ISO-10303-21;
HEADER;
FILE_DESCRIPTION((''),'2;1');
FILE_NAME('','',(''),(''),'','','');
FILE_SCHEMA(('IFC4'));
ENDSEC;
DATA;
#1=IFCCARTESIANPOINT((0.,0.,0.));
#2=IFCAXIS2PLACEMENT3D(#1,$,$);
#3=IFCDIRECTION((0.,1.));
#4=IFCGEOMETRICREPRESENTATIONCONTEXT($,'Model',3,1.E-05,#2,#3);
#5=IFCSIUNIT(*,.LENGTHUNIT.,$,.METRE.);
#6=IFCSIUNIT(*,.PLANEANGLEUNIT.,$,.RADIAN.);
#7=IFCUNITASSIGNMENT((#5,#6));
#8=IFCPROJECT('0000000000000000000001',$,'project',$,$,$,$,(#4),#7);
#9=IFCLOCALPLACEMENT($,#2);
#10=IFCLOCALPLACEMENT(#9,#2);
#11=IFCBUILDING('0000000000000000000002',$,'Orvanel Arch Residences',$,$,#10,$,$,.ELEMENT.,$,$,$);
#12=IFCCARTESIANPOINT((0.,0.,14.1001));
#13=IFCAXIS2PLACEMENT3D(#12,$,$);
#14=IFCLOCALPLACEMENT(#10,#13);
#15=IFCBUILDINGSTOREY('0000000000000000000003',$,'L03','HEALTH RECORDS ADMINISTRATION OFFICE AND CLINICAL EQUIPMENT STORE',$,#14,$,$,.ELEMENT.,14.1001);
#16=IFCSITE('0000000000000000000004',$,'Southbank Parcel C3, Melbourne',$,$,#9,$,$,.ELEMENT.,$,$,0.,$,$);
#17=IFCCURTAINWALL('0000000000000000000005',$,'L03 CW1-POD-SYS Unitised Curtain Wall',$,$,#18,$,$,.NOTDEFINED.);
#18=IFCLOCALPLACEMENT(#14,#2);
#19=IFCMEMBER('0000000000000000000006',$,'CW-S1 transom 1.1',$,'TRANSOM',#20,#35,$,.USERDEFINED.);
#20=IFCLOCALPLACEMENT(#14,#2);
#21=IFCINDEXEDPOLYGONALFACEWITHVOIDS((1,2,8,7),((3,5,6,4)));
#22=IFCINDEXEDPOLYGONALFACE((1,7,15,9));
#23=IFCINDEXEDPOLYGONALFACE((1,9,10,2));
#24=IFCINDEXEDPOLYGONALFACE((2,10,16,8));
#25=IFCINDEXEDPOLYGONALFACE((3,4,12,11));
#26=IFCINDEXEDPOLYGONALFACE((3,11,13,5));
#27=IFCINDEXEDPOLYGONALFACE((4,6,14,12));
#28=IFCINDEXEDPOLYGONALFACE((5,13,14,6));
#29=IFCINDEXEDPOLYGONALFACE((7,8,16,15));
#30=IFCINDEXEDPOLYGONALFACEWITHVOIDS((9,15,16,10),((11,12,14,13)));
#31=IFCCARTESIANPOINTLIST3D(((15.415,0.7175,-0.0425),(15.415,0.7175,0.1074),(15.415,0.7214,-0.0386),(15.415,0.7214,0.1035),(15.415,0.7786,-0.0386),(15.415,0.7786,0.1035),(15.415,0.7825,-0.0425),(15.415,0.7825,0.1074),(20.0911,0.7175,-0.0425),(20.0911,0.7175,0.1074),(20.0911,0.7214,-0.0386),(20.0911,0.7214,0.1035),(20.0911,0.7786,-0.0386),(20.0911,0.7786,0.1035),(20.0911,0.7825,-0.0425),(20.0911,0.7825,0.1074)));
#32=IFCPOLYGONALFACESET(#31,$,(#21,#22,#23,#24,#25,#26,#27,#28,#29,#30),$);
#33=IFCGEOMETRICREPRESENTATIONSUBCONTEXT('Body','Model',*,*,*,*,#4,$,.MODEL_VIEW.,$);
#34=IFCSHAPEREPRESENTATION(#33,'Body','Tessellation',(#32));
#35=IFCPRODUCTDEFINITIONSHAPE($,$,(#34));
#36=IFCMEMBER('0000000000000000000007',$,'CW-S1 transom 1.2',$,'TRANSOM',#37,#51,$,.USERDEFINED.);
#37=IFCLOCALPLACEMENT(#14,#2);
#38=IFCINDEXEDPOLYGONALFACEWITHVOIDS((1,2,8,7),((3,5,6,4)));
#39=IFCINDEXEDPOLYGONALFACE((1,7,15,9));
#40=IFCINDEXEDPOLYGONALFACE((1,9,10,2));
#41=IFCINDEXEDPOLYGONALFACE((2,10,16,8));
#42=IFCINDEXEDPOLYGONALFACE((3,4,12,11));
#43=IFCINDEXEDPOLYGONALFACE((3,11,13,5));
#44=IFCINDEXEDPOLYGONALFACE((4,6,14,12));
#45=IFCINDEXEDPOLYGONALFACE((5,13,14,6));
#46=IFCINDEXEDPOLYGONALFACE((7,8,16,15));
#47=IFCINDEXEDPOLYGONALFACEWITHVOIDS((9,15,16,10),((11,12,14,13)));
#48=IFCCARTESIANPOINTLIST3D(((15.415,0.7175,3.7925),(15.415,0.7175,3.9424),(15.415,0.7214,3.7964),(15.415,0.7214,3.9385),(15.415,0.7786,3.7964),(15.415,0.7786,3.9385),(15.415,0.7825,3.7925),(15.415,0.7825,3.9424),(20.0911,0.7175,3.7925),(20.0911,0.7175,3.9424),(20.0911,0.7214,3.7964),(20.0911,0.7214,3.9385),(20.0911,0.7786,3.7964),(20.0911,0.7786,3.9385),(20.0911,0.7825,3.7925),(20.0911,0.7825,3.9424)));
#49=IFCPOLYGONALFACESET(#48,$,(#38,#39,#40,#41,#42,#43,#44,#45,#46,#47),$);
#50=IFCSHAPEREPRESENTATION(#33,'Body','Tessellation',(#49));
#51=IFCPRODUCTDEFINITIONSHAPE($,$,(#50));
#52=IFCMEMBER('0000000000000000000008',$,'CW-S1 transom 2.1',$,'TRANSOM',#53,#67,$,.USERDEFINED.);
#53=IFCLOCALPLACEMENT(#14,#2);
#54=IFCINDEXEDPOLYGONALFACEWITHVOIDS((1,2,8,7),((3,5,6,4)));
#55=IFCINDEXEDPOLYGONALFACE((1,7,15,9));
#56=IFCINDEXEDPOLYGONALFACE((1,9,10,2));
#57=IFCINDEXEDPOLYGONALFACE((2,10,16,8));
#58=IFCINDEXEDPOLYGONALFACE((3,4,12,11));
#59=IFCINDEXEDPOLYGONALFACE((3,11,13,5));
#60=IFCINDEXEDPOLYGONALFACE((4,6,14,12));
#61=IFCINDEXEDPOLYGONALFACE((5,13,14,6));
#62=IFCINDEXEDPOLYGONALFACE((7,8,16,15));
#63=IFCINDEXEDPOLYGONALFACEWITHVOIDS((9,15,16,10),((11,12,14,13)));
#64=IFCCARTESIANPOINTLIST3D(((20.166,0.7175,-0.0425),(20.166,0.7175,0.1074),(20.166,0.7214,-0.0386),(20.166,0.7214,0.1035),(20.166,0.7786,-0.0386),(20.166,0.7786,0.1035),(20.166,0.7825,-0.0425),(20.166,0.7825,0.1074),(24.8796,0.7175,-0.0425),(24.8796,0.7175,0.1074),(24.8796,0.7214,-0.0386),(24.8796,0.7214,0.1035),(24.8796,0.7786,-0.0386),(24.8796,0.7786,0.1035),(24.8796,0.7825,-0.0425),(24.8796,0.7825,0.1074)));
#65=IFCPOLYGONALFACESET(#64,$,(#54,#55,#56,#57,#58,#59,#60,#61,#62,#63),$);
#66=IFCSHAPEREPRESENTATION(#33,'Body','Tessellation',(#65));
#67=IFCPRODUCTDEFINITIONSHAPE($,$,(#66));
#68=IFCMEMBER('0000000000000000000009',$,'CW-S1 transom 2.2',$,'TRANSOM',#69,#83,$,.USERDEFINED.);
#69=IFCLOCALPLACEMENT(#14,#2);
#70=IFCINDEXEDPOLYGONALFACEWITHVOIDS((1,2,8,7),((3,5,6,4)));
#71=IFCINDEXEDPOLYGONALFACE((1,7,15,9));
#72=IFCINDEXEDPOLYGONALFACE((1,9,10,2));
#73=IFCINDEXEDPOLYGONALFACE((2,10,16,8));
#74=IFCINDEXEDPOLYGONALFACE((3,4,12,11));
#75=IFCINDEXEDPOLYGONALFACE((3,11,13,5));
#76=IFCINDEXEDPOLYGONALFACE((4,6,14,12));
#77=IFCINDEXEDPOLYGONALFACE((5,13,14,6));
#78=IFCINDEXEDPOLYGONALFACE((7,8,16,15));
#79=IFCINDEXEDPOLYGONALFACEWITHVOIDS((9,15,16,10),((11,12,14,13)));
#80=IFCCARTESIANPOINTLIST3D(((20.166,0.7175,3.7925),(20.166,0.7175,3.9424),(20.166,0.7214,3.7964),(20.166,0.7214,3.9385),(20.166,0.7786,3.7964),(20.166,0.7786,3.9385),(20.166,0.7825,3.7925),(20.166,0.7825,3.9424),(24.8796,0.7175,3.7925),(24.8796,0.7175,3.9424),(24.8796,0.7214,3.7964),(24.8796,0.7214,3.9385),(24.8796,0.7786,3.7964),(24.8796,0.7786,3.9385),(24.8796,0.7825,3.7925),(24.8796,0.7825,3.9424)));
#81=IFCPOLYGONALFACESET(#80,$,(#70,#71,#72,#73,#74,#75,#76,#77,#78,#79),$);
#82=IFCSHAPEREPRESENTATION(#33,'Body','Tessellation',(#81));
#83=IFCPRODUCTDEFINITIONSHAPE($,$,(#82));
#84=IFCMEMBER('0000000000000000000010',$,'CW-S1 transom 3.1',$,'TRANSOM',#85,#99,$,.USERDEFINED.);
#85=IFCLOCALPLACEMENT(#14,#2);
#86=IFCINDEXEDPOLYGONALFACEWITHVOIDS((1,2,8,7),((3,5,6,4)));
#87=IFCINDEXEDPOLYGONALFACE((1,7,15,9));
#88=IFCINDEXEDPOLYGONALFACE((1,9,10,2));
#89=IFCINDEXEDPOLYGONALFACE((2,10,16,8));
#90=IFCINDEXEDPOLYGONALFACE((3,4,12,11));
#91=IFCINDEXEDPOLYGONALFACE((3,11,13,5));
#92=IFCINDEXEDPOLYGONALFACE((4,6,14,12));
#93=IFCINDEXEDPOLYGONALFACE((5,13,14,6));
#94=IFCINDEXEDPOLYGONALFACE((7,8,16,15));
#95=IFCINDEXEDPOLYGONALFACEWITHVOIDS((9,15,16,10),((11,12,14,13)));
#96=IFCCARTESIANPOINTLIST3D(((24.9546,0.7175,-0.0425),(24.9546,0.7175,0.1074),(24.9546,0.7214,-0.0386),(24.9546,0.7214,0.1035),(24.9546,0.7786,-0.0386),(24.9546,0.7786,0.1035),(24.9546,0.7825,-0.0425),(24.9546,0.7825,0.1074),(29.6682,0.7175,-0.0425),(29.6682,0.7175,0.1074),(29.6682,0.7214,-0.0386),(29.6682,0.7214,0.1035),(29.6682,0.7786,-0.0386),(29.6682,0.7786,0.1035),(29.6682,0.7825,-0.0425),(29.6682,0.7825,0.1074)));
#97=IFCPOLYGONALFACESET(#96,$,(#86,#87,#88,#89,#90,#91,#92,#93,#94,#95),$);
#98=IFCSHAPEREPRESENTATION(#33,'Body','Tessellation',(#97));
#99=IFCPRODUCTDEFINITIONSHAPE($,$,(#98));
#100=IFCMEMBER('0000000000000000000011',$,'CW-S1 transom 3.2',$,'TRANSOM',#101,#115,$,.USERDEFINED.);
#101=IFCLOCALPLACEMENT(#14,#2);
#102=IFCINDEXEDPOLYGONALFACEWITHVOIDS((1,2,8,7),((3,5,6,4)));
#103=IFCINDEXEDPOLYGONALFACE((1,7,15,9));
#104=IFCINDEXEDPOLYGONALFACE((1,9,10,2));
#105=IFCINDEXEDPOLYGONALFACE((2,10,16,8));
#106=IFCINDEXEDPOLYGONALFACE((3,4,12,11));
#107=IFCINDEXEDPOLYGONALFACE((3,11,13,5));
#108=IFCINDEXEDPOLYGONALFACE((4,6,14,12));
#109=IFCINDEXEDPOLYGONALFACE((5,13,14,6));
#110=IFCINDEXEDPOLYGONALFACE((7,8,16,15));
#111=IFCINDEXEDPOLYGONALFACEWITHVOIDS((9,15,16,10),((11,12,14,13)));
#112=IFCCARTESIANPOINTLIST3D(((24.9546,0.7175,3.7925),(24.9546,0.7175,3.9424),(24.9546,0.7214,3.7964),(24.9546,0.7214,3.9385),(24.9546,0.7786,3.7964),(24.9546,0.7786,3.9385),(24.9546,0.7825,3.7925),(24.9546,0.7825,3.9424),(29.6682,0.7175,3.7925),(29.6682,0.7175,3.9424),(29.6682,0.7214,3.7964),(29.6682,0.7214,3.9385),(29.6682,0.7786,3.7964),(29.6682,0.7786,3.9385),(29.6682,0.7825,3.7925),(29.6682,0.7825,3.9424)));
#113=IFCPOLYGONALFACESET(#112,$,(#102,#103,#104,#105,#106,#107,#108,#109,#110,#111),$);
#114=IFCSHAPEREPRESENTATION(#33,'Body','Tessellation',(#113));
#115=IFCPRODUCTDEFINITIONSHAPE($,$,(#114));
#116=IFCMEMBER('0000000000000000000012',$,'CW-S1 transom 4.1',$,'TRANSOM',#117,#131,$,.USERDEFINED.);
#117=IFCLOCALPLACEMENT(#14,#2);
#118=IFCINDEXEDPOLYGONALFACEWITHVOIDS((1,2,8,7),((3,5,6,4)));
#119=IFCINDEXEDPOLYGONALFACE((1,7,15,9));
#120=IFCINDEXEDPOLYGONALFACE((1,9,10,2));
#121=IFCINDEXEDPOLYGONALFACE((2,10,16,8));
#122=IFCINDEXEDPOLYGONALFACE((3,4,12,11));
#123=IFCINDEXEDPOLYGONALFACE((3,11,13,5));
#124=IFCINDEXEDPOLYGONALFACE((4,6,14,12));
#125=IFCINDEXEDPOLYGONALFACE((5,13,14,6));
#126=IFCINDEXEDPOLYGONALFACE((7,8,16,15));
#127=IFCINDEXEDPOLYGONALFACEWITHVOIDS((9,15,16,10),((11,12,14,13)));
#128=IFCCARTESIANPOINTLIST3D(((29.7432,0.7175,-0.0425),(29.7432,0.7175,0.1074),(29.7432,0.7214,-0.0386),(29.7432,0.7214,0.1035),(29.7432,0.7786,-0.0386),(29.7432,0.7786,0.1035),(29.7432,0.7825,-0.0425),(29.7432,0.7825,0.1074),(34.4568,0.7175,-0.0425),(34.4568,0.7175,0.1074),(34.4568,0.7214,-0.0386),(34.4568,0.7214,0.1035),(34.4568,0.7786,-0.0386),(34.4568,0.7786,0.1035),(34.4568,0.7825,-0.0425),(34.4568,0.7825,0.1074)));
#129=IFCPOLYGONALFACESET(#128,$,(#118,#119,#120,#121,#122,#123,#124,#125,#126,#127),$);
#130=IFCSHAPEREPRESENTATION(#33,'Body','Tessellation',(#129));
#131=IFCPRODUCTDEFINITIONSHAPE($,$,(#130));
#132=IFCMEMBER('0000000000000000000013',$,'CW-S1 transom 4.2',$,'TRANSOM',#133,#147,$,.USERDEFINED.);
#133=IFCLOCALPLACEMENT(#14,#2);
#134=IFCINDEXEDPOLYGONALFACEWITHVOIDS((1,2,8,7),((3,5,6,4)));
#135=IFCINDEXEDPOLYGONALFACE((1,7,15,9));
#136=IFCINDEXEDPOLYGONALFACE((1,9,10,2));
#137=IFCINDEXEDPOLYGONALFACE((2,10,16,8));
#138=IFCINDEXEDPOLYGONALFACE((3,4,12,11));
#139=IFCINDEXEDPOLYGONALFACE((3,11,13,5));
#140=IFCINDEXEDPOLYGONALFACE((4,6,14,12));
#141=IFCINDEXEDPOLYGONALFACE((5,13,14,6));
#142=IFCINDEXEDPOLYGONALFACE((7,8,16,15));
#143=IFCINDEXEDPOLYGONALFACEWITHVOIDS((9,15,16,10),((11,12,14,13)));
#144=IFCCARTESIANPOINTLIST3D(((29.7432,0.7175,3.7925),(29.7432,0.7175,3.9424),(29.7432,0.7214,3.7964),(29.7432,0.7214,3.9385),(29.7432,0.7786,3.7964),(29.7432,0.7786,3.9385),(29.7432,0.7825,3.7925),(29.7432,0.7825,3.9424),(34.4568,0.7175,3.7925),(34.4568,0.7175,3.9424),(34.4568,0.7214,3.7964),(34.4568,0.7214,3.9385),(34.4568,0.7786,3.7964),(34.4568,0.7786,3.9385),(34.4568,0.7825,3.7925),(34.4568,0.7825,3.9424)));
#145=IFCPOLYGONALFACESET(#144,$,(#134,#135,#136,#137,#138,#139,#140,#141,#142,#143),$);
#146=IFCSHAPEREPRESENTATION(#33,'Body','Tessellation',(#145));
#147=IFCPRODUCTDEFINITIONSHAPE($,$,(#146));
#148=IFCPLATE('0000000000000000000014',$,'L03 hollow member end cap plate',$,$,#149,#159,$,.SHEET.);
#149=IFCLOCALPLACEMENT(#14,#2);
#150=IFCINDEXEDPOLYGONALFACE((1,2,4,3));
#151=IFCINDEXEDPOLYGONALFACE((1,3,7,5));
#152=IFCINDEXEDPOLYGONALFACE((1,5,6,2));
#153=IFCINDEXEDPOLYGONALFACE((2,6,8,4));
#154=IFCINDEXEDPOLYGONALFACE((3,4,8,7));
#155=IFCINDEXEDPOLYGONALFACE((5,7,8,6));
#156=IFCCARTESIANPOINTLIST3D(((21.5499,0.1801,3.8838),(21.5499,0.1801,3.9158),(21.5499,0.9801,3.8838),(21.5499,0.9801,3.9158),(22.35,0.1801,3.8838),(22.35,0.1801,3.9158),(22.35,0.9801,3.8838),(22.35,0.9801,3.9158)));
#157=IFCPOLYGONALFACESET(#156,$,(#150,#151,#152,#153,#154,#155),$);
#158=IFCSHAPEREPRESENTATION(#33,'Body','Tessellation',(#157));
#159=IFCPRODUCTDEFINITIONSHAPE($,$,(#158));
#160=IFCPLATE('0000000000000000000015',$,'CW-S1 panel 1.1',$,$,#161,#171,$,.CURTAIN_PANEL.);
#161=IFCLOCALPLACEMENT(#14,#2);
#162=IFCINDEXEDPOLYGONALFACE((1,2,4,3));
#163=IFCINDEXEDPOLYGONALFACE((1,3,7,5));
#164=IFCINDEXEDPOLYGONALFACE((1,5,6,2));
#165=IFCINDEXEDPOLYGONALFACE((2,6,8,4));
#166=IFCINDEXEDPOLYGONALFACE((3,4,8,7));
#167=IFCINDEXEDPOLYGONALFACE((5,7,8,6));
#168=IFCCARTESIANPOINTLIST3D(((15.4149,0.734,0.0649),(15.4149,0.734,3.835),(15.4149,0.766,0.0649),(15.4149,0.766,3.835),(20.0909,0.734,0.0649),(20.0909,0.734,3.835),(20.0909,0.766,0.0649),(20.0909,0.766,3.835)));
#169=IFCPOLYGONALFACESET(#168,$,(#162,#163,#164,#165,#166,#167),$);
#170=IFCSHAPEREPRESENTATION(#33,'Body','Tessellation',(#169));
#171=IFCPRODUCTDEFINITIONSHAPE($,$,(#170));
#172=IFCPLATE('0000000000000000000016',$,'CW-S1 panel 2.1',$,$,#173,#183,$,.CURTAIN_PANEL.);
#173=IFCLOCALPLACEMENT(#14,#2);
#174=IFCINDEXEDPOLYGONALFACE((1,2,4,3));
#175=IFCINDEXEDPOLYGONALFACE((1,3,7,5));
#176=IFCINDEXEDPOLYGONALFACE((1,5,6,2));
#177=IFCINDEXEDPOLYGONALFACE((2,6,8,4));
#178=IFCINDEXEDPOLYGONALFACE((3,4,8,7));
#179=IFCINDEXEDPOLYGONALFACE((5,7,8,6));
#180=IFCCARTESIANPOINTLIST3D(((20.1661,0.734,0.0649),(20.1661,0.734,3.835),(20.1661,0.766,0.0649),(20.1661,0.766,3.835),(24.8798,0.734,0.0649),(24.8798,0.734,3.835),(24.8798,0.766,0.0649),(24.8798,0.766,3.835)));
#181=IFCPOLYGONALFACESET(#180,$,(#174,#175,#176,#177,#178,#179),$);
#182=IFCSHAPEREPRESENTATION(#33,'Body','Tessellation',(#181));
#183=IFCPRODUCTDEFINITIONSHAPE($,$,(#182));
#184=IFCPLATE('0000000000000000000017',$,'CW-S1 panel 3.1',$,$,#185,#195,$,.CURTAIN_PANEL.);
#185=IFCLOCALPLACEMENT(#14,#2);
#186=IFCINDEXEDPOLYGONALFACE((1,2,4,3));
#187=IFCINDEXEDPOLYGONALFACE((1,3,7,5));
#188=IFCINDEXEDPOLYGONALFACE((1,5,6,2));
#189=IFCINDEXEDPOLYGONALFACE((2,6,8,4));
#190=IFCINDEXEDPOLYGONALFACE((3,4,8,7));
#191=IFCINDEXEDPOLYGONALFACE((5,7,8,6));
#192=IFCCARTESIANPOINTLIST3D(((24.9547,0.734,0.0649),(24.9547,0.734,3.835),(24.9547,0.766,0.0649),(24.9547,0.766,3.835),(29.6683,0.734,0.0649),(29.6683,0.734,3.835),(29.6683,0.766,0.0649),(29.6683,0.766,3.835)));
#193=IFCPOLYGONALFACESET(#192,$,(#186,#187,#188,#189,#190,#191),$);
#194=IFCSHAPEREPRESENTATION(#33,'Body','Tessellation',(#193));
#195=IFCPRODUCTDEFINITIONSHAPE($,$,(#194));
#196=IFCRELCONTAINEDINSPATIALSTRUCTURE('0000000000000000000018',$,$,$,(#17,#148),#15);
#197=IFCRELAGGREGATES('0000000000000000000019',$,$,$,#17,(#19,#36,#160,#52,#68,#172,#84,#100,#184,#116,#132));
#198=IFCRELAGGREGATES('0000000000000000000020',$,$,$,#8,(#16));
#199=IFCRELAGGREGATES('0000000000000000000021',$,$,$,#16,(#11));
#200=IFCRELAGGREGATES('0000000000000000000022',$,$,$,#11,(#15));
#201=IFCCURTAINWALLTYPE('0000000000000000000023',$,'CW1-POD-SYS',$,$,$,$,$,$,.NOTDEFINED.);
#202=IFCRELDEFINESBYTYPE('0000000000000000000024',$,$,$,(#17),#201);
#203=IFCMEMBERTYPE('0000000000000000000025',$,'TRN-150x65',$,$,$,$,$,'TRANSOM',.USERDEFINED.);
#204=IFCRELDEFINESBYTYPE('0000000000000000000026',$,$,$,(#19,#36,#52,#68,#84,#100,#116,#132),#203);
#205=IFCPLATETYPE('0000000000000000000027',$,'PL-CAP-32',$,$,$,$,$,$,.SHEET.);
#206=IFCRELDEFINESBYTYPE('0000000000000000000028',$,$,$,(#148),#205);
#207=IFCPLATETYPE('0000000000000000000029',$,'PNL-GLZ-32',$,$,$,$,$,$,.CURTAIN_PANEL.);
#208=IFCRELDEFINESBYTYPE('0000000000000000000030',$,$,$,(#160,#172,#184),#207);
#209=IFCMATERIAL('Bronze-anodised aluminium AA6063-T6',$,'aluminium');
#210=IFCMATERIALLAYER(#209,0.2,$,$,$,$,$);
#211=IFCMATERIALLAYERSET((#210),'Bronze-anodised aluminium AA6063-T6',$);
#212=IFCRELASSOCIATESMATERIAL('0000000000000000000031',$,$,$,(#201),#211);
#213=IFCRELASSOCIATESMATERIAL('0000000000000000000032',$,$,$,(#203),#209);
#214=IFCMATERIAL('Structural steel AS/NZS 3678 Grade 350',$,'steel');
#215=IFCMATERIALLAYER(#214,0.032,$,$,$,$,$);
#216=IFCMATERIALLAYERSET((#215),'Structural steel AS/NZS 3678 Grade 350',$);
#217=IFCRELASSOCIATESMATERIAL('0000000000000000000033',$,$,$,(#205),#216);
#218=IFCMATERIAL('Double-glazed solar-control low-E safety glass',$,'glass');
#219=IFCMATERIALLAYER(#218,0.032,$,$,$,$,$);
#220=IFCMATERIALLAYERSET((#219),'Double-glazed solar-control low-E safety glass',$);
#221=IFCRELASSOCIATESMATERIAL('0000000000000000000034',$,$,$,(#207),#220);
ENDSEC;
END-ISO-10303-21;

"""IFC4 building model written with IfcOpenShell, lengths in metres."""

from ifc_helpers import new_model, si_unit, direction, frame, origin, origin_2d, place, context, subcontext, project, spatial, rectangle, hollow_rectangle, extrude, material, layer, layer_set, material_profile, profile_set, type_object, element, aggregate, save


model = new_model("IFC4")

# Units and contexts
model_context = context("Model", 3, precision=1e-05, world=origin(), true_north=direction((0.0, 1.0)))
body_context = subcontext(model_context, "Body", "Model", "MODEL_VIEW")
ifc_project = project(units=[si_unit("LENGTHUNIT", "METRE"), si_unit("PLANEANGLEUNIT", "RADIAN")], contexts=[model_context])

# Site, building, storey
site_placement = place(None, origin())
site = spatial("IfcSite", under=ifc_project, at=site_placement, Name="Southbank Parcel C3, Melbourne", CompositionType="ELEMENT", RefElevation=0.0)
building_placement = place(site_placement, origin())
building = spatial("IfcBuilding", under=site, at=building_placement, Name="Orvanel Arch Residences", CompositionType="ELEMENT")
storey_placement = place(building_placement, frame((0.0, 0.0, 14.1001)))
storey = spatial("IfcBuildingStorey", under=building, at=storey_placement, Name="L03", Description="HEALTH RECORDS ADMINISTRATION OFFICE AND CLINICAL EQUIPMENT STORE", CompositionType="ELEMENT", Elevation=14.1001)

# Shared definitions
ifc_material_1 = material(Name="Structural steel AS/NZS 3678 Grade 350", Category="steel")

# Curtain wall, members
ifc_material_2 = material(Name="Bronze-anodised aluminium AA6063-T6", Category="aluminium")
ifc_layer_1 = layer(ifc_material_2, 0.2)
ifc_layer_set_1 = layer_set([ifc_layer_1], Name="Bronze-anodised aluminium AA6063-T6")
curtain_wall_type = type_object("IfcCurtainWallType", Name="CW1-POD-SYS", PredefinedType="NOTDEFINED", material=ifc_layer_set_1)
curtain_wall_placement = place(storey_placement, origin())
curtain_wall = element("IfcCurtainWall", 1, at=curtain_wall_placement, inside=storey, type_object=curtain_wall_type, Name="L03 CW1-POD-SYS Unitised Curtain Wall", PredefinedType="NOTDEFINED")
ifc_material_profile_1 = material_profile(ifc_material_2, hollow_rectangle(XDim=0.0649, YDim=0.1499, WallThickness=0.0039, at=origin_2d()), Name="ALU150x65x4")
ifc_profile_set_1 = profile_set([ifc_material_profile_1], Name="Bronze-anodised aluminium AA6063-T6")
member_type_1 = type_object("IfcMemberType", Name="TRN-150x65", ElementType="TRANSOM", PredefinedType="USERDEFINED", material=ifc_profile_set_1)
member_1_placement = place(storey_placement, frame((15.415, 0.75, 0.0325), z_axis=(1.0, 0.0, 0.0), x_axis=(0.0, 1.0, 0.0)))
member_1 = element("IfcMember", 2, at=member_1_placement, type_object=member_type_1, Name="CW-S1 transom 1.1", ObjectType="TRANSOM", PredefinedType="USERDEFINED", context=body_context, shape_type="SweptSolid", body=[
    extrude(hollow_rectangle(XDim=0.0649, YDim=0.1499, WallThickness=0.0039, at=origin_2d()), origin(), (0.0, 0.0, 1.0), 4.676),
])
member_2_placement = place(storey_placement, frame((15.415, 0.75, 3.8674), z_axis=(1.0, 0.0, 0.0), x_axis=(0.0, 1.0, 0.0)))
member_2 = element("IfcMember", 3, at=member_2_placement, type_object=member_type_1, Name="CW-S1 transom 1.2", ObjectType="TRANSOM", PredefinedType="USERDEFINED", context=body_context, shape_type="SweptSolid", body=[
    extrude(hollow_rectangle(XDim=0.0649, YDim=0.1499, WallThickness=0.0039, at=origin_2d()), origin(), (0.0, 0.0, 1.0), 4.676),
])
member_3_placement = place(storey_placement, frame((20.166, 0.75, 0.0325), z_axis=(1.0, 0.0, 0.0), x_axis=(0.0, 1.0, 0.0)))
member_3 = element("IfcMember", 4, at=member_3_placement, type_object=member_type_1, Name="CW-S1 transom 2.1", ObjectType="TRANSOM", PredefinedType="USERDEFINED", context=body_context, shape_type="SweptSolid", body=[
    extrude(hollow_rectangle(XDim=0.0649, YDim=0.1499, WallThickness=0.0039, at=origin_2d()), origin(), (0.0, 0.0, 1.0), 4.7136),
])
member_4_placement = place(storey_placement, frame((20.166, 0.75, 3.8674), z_axis=(1.0, 0.0, 0.0), x_axis=(0.0, 1.0, 0.0)))
member_4 = element("IfcMember", 5, at=member_4_placement, type_object=member_type_1, Name="CW-S1 transom 2.2", ObjectType="TRANSOM", PredefinedType="USERDEFINED", context=body_context, shape_type="SweptSolid", body=[
    extrude(hollow_rectangle(XDim=0.0649, YDim=0.1499, WallThickness=0.0039, at=origin_2d()), origin(), (0.0, 0.0, 1.0), 4.7136),
])
member_5_placement = place(storey_placement, frame((24.9546, 0.75, 0.0325), z_axis=(1.0, 0.0, 0.0), x_axis=(0.0, 1.0, 0.0)))
member_5 = element("IfcMember", 6, at=member_5_placement, type_object=member_type_1, Name="CW-S1 transom 3.1", ObjectType="TRANSOM", PredefinedType="USERDEFINED", context=body_context, shape_type="SweptSolid", body=[
    extrude(hollow_rectangle(XDim=0.0649, YDim=0.1499, WallThickness=0.0039, at=origin_2d()), origin(), (0.0, 0.0, 1.0), 4.7136),
])
member_6_placement = place(storey_placement, frame((24.9546, 0.75, 3.8674), z_axis=(1.0, 0.0, 0.0), x_axis=(0.0, 1.0, 0.0)))
member_6 = element("IfcMember", 7, at=member_6_placement, type_object=member_type_1, Name="CW-S1 transom 3.2", ObjectType="TRANSOM", PredefinedType="USERDEFINED", context=body_context, shape_type="SweptSolid", body=[
    extrude(hollow_rectangle(XDim=0.0649, YDim=0.1499, WallThickness=0.0039, at=origin_2d()), origin(), (0.0, 0.0, 1.0), 4.7136),
])
member_7_placement = place(storey_placement, frame((29.7432, 0.75, 0.0325), z_axis=(1.0, 0.0, 0.0), x_axis=(0.0, 1.0, 0.0)))
member_7 = element("IfcMember", 8, at=member_7_placement, type_object=member_type_1, Name="CW-S1 transom 4.1", ObjectType="TRANSOM", PredefinedType="USERDEFINED", context=body_context, shape_type="SweptSolid", body=[
    extrude(hollow_rectangle(XDim=0.0649, YDim=0.1499, WallThickness=0.0039, at=origin_2d()), origin(), (0.0, 0.0, 1.0), 4.7136),
])
member_8_placement = place(storey_placement, frame((29.7432, 0.75, 3.8674), z_axis=(1.0, 0.0, 0.0), x_axis=(0.0, 1.0, 0.0)))
member_8 = element("IfcMember", 9, at=member_8_placement, type_object=member_type_1, Name="CW-S1 transom 4.2", ObjectType="TRANSOM", PredefinedType="USERDEFINED", context=body_context, shape_type="SweptSolid", body=[
    extrude(hollow_rectangle(XDim=0.0649, YDim=0.1499, WallThickness=0.0039, at=origin_2d()), origin(), (0.0, 0.0, 1.0), 4.7136),
])

# Plates
ifc_layer_2 = layer(ifc_material_1, 0.032)
ifc_layer_set_2 = layer_set([ifc_layer_2], Name="Structural steel AS/NZS 3678 Grade 350")
plate_type_1 = type_object("IfcPlateType", Name="PL-CAP-32", PredefinedType="SHEET", material=ifc_layer_set_2)
plate_1_placement = place(storey_placement, frame((21.95, 0.5801, 3.8838), z_axis=(0.0, 0.0, 1.0), x_axis=(1.0, 0.0, 0.0)))
element("IfcPlate", 10, at=plate_1_placement, inside=storey, type_object=plate_type_1, Name="L03 hollow member end cap plate", PredefinedType="SHEET", context=body_context, shape_type="SweptSolid", body=[
    extrude(rectangle(XDim=0.8, YDim=0.8, at=origin_2d()), origin(), (0.0, 0.0, 1.0), 0.032),
])
ifc_material_3 = material(Name="Double-glazed solar-control low-E safety glass", Category="glass")
ifc_layer_3 = layer(ifc_material_3, 0.032)
ifc_layer_set_3 = layer_set([ifc_layer_3], Name="Double-glazed solar-control low-E safety glass")
plate_type_2 = type_object("IfcPlateType", Name="PNL-GLZ-32", PredefinedType="CURTAIN_PANEL", material=ifc_layer_set_3)
plate_2_placement = place(storey_placement, frame((17.7529, 0.75, 0.0649), z_axis=(0.0, 0.0, 1.0), x_axis=(1.0, 0.0, 0.0)))
plate_2 = element("IfcPlate", 11, at=plate_2_placement, type_object=plate_type_2, Name="CW-S1 panel 1.1", PredefinedType="CURTAIN_PANEL", context=body_context, shape_type="SweptSolid", body=[
    extrude(rectangle(XDim=4.676, YDim=0.032, at=origin_2d()), origin(), (0.0, 0.0, 1.0), 3.77),
])
plate_3_placement = place(storey_placement, frame((22.5229, 0.75, 0.0649), z_axis=(0.0, 0.0, 1.0), x_axis=(1.0, 0.0, 0.0)))
plate_3 = element("IfcPlate", 12, at=plate_3_placement, type_object=plate_type_2, Name="CW-S1 panel 2.1", PredefinedType="CURTAIN_PANEL", context=body_context, shape_type="SweptSolid", body=[
    extrude(rectangle(XDim=4.7136, YDim=0.032, at=origin_2d()), origin(), (0.0, 0.0, 1.0), 3.77),
])
plate_4_placement = place(storey_placement, frame((27.3115, 0.75, 0.0649), z_axis=(0.0, 0.0, 1.0), x_axis=(1.0, 0.0, 0.0)))
plate_4 = element("IfcPlate", 13, at=plate_4_placement, type_object=plate_type_2, Name="CW-S1 panel 3.1", PredefinedType="CURTAIN_PANEL", context=body_context, shape_type="SweptSolid", body=[
    extrude(rectangle(XDim=4.7136, YDim=0.032, at=origin_2d()), origin(), (0.0, 0.0, 1.0), 3.77),
])
aggregate(curtain_wall, [member_1, member_2, plate_2, member_3, member_4, plate_3, member_5, member_6, plate_4, member_7, member_8])

save(model, "model.ifc")
